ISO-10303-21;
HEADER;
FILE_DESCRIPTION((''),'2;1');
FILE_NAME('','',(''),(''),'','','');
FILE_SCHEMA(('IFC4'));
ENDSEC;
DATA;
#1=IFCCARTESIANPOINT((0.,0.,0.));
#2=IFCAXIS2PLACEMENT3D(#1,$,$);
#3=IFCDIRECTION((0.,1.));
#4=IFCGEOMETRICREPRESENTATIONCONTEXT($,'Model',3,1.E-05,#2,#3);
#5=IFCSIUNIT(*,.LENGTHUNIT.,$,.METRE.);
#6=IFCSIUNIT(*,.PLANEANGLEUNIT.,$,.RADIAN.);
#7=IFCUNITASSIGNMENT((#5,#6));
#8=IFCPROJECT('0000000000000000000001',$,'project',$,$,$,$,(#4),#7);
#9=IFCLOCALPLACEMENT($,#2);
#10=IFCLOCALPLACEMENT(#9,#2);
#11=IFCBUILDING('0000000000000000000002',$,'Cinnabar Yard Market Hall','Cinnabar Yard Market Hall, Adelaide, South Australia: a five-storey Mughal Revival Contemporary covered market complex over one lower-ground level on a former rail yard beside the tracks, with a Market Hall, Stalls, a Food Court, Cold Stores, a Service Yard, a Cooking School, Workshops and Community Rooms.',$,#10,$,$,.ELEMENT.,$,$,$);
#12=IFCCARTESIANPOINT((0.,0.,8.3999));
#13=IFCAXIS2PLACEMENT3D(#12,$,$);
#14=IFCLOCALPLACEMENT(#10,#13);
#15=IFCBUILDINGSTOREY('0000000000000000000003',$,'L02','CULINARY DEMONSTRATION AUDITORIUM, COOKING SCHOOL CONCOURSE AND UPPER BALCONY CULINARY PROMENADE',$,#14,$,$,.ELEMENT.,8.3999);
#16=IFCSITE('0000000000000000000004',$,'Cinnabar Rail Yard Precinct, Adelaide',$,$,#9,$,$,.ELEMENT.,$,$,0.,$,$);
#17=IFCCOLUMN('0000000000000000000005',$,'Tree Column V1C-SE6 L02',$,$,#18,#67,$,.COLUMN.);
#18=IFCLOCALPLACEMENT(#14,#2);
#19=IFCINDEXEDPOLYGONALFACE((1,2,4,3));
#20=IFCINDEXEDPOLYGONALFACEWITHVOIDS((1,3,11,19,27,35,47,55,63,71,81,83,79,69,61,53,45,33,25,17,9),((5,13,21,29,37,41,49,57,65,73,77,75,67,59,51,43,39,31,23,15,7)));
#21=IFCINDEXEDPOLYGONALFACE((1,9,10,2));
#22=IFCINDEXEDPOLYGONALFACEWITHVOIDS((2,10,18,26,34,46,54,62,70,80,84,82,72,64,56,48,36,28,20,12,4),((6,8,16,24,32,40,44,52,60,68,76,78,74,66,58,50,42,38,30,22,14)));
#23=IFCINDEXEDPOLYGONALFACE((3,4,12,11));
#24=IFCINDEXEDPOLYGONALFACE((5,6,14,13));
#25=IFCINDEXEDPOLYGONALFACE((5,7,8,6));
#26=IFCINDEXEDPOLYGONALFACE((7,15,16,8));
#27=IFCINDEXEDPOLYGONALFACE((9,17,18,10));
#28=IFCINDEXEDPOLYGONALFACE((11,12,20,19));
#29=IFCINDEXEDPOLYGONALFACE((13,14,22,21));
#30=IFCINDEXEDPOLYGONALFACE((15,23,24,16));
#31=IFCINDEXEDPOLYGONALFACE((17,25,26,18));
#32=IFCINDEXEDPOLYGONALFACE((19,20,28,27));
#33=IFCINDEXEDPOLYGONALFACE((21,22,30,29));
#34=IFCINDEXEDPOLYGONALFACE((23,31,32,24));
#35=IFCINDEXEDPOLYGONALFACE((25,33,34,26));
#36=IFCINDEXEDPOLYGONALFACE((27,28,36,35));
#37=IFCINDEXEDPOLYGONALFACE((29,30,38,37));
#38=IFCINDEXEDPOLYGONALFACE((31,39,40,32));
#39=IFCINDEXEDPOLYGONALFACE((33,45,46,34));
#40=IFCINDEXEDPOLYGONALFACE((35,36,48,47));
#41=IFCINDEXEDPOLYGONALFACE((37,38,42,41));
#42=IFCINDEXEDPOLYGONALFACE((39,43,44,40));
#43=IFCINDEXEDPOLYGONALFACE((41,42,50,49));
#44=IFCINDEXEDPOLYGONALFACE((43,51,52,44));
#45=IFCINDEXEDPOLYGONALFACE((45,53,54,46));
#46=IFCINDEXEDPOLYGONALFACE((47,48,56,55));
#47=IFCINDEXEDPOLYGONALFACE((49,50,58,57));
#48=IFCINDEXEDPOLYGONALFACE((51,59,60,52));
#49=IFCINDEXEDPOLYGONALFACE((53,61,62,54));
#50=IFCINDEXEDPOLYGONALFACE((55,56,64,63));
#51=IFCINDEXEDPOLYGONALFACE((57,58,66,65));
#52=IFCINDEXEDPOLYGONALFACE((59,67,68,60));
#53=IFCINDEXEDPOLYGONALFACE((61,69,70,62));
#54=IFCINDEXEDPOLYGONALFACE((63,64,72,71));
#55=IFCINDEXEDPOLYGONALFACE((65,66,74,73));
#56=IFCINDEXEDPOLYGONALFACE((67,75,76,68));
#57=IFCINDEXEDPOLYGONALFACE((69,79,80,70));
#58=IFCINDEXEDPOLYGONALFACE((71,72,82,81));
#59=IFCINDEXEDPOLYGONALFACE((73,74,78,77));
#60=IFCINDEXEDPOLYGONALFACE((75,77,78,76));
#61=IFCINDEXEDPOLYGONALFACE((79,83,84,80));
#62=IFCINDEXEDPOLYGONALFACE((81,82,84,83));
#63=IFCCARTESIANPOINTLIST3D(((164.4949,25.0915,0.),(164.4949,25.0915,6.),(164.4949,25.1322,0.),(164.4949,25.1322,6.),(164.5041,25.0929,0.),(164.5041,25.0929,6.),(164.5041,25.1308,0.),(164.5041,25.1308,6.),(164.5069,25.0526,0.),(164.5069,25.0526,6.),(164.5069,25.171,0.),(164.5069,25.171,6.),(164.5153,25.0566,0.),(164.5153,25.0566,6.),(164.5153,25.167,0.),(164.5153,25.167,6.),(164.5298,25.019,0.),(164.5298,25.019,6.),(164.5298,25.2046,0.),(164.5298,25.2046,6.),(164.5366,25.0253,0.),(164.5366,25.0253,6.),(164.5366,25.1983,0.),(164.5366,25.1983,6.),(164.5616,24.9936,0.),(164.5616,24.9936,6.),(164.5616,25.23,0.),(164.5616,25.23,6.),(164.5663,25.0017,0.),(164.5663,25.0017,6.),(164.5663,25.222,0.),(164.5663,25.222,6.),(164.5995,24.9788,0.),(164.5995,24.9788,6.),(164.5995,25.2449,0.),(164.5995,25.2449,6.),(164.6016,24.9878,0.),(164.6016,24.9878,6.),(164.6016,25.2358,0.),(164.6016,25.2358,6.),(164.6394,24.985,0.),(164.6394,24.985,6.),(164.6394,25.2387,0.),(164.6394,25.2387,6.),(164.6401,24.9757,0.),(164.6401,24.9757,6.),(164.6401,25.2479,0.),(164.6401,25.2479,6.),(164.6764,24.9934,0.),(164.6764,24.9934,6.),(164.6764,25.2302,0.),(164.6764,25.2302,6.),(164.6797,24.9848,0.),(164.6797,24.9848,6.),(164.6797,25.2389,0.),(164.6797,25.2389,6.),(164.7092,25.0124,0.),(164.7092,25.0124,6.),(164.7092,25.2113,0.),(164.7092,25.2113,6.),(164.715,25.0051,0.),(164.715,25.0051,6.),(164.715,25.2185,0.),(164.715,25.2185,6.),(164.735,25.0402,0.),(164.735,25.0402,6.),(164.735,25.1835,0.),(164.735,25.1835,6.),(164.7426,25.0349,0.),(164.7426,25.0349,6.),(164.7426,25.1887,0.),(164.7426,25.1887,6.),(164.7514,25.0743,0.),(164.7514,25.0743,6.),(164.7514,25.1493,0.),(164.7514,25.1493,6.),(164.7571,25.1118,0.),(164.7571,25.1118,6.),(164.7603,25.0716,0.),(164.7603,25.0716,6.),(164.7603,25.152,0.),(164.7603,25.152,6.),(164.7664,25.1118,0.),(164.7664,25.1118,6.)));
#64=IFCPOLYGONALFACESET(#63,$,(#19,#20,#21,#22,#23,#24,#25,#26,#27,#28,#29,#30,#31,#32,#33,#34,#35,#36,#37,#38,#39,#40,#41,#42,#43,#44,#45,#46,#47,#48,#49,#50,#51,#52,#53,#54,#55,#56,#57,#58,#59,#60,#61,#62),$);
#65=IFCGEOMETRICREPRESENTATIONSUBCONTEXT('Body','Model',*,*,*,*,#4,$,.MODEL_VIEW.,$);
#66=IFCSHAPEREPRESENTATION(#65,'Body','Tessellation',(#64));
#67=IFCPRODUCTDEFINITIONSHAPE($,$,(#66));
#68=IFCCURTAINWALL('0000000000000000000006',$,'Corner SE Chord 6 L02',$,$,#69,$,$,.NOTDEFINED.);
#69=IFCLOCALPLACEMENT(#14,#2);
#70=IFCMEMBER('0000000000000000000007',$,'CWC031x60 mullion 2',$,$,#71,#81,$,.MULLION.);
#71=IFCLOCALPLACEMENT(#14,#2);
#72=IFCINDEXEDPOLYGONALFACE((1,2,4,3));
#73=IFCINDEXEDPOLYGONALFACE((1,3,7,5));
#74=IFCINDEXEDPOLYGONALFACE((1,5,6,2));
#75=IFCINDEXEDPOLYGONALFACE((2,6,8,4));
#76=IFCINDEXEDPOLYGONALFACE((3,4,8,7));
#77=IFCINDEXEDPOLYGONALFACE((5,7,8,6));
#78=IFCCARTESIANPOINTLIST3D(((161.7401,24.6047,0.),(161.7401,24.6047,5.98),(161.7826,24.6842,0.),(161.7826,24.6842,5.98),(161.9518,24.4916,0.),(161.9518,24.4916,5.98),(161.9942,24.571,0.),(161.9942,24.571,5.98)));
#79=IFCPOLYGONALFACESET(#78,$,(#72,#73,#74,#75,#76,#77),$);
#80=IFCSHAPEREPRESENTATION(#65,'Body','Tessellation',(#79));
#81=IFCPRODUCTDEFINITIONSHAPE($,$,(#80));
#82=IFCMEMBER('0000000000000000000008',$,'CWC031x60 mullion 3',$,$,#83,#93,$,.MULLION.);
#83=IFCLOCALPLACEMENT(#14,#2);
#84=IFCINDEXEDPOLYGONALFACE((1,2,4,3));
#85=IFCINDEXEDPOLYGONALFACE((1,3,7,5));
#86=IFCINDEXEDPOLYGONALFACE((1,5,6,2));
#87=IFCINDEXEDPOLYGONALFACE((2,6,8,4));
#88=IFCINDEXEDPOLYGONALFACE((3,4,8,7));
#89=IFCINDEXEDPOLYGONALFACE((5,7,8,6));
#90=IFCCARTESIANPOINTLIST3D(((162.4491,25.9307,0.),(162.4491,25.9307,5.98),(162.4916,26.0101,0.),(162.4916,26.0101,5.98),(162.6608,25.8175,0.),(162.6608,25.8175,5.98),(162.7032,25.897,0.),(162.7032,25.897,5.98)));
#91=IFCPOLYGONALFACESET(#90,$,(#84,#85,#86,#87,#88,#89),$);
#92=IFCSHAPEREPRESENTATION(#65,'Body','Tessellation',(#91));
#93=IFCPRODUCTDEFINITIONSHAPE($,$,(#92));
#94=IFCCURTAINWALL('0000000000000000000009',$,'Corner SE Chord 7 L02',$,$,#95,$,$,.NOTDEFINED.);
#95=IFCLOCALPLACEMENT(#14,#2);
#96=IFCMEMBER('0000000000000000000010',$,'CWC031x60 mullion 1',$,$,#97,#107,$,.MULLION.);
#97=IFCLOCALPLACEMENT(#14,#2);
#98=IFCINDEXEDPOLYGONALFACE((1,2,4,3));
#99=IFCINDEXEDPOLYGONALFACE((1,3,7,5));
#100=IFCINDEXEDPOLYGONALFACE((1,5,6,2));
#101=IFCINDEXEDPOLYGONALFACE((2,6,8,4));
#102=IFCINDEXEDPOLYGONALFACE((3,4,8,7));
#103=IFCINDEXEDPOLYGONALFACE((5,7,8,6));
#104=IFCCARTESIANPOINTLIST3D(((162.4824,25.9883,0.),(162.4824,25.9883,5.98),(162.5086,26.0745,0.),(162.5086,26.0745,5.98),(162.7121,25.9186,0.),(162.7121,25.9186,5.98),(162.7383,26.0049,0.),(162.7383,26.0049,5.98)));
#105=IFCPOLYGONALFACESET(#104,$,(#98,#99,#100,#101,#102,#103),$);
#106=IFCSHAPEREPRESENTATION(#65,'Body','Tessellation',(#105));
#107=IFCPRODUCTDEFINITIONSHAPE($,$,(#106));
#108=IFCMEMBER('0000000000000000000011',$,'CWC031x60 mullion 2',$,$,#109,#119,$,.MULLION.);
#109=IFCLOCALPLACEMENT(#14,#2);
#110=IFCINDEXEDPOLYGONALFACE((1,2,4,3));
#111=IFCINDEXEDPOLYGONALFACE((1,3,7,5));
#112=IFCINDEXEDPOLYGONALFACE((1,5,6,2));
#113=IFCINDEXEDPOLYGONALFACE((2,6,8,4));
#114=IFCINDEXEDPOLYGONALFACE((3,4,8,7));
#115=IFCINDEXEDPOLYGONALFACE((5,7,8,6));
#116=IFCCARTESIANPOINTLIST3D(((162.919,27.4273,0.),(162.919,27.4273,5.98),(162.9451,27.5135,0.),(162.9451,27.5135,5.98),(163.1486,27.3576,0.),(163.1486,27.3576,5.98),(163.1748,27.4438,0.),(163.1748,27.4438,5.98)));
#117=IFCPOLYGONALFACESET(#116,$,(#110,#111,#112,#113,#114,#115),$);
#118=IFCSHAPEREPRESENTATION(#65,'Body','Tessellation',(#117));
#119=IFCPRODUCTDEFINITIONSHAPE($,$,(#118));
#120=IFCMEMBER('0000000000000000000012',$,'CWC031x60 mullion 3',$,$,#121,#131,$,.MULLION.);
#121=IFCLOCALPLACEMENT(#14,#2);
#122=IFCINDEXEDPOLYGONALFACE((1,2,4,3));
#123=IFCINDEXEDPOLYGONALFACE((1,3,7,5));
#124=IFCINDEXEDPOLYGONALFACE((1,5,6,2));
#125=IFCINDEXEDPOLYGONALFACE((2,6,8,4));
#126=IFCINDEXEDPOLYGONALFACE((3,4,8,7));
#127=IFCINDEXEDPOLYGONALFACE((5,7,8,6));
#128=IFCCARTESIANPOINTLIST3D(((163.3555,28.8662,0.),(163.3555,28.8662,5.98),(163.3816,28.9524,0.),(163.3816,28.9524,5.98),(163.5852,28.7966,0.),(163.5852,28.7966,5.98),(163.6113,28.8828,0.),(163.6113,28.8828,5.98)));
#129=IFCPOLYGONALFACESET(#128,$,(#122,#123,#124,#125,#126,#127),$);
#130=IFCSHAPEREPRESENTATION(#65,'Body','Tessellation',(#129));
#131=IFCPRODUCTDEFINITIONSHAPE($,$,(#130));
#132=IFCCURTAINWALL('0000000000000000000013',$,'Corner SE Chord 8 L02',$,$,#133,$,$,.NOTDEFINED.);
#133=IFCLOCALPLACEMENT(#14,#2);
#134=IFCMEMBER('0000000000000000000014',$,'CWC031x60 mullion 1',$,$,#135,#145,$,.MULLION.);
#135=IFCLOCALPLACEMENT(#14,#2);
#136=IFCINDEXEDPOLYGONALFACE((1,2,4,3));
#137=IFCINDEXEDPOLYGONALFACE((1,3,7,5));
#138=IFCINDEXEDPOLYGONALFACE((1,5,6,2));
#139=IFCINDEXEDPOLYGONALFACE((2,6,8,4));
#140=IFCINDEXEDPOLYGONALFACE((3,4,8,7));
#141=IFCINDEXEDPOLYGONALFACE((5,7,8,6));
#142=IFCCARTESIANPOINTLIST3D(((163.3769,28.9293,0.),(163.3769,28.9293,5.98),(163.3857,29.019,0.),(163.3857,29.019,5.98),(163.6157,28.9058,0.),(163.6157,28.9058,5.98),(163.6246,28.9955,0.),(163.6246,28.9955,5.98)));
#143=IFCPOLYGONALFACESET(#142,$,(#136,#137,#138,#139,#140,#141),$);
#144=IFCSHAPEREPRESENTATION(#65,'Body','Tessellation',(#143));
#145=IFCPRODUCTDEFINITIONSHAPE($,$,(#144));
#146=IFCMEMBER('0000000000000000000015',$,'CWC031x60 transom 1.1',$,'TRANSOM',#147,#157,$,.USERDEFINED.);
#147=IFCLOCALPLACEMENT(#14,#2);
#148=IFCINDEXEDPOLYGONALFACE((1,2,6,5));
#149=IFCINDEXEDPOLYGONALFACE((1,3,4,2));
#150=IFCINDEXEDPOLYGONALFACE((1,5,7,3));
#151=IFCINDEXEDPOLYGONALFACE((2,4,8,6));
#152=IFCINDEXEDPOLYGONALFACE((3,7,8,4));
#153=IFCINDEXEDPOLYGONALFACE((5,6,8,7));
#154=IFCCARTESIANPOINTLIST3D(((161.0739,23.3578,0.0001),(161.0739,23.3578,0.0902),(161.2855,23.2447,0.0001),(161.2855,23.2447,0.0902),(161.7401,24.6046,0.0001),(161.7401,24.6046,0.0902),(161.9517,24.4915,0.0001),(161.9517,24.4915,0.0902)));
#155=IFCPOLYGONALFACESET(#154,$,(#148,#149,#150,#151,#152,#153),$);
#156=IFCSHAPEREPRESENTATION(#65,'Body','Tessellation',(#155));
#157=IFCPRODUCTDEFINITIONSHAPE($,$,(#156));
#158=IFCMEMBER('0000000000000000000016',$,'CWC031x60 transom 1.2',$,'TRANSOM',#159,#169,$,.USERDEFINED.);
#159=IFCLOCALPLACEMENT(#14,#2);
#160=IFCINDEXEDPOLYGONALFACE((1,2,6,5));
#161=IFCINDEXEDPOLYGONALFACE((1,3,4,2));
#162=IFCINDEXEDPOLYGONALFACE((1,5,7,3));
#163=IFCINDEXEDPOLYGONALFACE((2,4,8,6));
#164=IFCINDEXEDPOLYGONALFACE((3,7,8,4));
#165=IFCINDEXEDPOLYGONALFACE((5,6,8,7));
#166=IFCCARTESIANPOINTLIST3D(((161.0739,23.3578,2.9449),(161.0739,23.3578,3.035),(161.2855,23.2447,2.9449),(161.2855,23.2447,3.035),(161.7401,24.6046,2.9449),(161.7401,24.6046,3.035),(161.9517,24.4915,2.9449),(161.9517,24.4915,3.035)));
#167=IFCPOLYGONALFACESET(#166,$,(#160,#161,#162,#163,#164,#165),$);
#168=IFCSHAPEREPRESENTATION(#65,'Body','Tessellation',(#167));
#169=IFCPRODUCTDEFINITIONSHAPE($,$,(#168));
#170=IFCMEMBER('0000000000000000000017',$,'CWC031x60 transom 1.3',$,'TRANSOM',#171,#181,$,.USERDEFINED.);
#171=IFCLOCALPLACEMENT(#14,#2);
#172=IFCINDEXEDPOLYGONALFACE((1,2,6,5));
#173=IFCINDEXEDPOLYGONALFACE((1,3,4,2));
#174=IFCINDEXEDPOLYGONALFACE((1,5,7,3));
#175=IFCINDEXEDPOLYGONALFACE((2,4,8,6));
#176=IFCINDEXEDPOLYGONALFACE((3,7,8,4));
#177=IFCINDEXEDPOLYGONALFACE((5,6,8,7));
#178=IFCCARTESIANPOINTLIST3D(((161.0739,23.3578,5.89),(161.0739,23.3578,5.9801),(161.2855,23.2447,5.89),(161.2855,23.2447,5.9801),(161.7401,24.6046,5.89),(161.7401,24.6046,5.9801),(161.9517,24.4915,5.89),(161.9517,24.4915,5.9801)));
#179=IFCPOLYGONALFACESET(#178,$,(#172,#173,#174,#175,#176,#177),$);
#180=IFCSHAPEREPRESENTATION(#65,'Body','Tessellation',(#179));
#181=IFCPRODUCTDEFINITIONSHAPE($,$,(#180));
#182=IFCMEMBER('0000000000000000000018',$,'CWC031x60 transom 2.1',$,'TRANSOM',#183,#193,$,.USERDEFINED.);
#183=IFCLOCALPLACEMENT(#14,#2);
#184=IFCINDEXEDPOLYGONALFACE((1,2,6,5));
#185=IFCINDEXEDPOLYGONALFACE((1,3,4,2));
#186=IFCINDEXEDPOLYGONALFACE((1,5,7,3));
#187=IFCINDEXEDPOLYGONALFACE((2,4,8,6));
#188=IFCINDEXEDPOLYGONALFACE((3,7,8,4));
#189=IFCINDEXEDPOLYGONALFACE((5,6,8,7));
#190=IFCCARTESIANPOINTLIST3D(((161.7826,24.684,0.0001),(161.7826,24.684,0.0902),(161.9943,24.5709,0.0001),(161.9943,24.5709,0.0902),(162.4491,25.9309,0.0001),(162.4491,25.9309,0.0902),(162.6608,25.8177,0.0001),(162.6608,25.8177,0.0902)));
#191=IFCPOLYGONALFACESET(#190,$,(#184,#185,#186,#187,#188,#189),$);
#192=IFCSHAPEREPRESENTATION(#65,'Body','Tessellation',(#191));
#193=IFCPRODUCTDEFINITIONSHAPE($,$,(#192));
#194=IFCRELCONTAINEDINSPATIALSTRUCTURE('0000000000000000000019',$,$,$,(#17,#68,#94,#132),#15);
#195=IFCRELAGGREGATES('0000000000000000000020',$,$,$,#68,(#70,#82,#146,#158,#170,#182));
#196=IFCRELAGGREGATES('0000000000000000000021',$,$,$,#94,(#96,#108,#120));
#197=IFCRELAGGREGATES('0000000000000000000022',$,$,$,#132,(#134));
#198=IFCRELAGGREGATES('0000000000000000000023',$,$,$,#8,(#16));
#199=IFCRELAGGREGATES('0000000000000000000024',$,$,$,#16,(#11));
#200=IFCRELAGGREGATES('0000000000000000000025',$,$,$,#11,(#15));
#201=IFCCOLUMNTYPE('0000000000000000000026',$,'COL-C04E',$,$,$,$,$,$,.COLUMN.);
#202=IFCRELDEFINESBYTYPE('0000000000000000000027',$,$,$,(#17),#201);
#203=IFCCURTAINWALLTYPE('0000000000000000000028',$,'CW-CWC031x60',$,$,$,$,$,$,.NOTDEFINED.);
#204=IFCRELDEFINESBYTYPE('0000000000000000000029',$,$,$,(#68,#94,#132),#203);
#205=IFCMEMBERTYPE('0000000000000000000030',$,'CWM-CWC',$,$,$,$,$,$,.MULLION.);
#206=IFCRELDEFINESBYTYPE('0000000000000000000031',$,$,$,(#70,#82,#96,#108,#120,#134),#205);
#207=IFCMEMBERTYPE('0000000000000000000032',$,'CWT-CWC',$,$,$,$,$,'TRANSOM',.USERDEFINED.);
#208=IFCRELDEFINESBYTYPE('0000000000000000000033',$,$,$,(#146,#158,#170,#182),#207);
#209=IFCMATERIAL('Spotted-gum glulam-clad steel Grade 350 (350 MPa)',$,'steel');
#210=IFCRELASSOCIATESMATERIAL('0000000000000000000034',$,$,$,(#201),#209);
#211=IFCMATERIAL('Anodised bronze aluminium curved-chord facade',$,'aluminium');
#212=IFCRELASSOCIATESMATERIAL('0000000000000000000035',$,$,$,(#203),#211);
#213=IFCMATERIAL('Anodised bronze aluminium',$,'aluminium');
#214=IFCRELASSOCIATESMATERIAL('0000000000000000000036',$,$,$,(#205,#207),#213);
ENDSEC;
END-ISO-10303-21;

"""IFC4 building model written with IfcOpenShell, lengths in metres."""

from ifc_helpers import new_model, si_unit, direction, frame, origin, origin_2d_with_axis, place, context, subcontext, project, spatial, rectangle, hollow_circle, extrude, material, material_profile, profile_set, type_object, element, aggregate, save


model = new_model("IFC4")

# Units and contexts
model_context = context("Model", 3, precision=1e-05, world=origin(), true_north=direction((0.0, 1.0)))
body_context = subcontext(model_context, "Body", "Model", "MODEL_VIEW")
ifc_project = project(units=[si_unit("LENGTHUNIT", "METRE"), si_unit("PLANEANGLEUNIT", "RADIAN")], contexts=[model_context])

# Site, building, storey
site_placement = place(None, origin())
site = spatial("IfcSite", under=ifc_project, at=site_placement, Name="Cinnabar Rail Yard Precinct, Adelaide", CompositionType="ELEMENT", RefElevation=0.0)
building_placement = place(site_placement, origin())
building = spatial("IfcBuilding", under=site, at=building_placement, Name="Cinnabar Yard Market Hall", Description="Cinnabar Yard Market Hall, Adelaide, South Australia: a five-storey Mughal Revival Contemporary covered market complex over one lower-ground level on a former rail yard beside the tracks, with a Market Hall, Stalls, a Food Court, Cold Stores, a Service Yard, a Cooking School, Workshops and Community Rooms.", CompositionType="ELEMENT")
storey_placement = place(building_placement, frame((0.0, 0.0, 8.3999)))
storey = spatial("IfcBuildingStorey", under=building, at=storey_placement, Name="L02", Description="CULINARY DEMONSTRATION AUDITORIUM, COOKING SCHOOL CONCOURSE AND UPPER BALCONY CULINARY PROMENADE", CompositionType="ELEMENT", Elevation=8.3999)

# Column
ifc_material_1 = material(Name="Spotted-gum glulam-clad steel Grade 350 (350 MPa)", Category="steel")
ifc_material_profile_1 = material_profile(ifc_material_1, hollow_circle(Radius=0.1365, WallThickness=0.0093, at=origin_2d_with_axis()), Name="273.1x9.3CHS")
ifc_profile_set_1 = profile_set([ifc_material_profile_1], Name="Spotted-gum glulam-clad steel Grade 350 (350 MPa)")
column_type = type_object("IfcColumnType", Name="COL-C04E", PredefinedType="COLUMN", material=ifc_profile_set_1)
column_placement = place(storey_placement, frame((164.6299, 25.1118, 0.0), z_axis=(0.0, 0.0, 1.0), x_axis=(1.0, 0.0, 0.0)))
element("IfcColumn", 1, at=column_placement, inside=storey, type_object=column_type, Name="Tree Column V1C-SE6 L02", PredefinedType="COLUMN", context=body_context, shape_type="SweptSolid", body=[
    extrude(hollow_circle(Radius=0.1365, WallThickness=0.0093, at=origin_2d_with_axis()), origin(), (0.0, 0.0, 1.0), 6.0),
])

# Curtain walls, members
ifc_material_2 = material(Name="Anodised bronze aluminium curved-chord facade", Category="aluminium")
curtain_wall_type = type_object("IfcCurtainWallType", Name="CW-CWC031x60", PredefinedType="NOTDEFINED", material=ifc_material_2)
curtain_wall_1_placement = place(storey_placement, origin())
curtain_wall_1 = element("IfcCurtainWall", 2, at=curtain_wall_1_placement, inside=storey, type_object=curtain_wall_type, Name="Corner SE Chord 6 L02", PredefinedType="NOTDEFINED")
ifc_material_3 = material(Name="Anodised bronze aluminium", Category="aluminium")
ifc_material_profile_2 = material_profile(ifc_material_3, rectangle(XDim=0.24, YDim=0.0901, at=origin_2d_with_axis()), Name="MUL-CWC")
ifc_profile_set_2 = profile_set([ifc_material_profile_2], Name="Anodised bronze aluminium")
member_type_1 = type_object("IfcMemberType", Name="CWM-CWC", PredefinedType="MULLION", material=ifc_profile_set_2)
member_1_placement = place(storey_placement, frame((161.8672, 24.5879, 0.0), z_axis=(0.0, 0.0, 1.0), x_axis=(-0.881917, 0.471404, 0.0)))
member_1 = element("IfcMember", 3, at=member_1_placement, type_object=member_type_1, Name="CWC031x60 mullion 2", PredefinedType="MULLION", context=body_context, shape_type="SweptSolid", body=[
    extrude(rectangle(XDim=0.24, YDim=0.0901, at=origin_2d_with_axis()), origin(), (0.0, 0.0, 1.0), 5.98),
])
member_2_placement = place(storey_placement, frame((162.5762, 25.9138, 0.0), z_axis=(0.0, 0.0, 1.0), x_axis=(-0.881917, 0.471404, 0.0)))
member_2 = element("IfcMember", 4, at=member_2_placement, type_object=member_type_1, Name="CWC031x60 mullion 3", PredefinedType="MULLION", context=body_context, shape_type="SweptSolid", body=[
    extrude(rectangle(XDim=0.24, YDim=0.0901, at=origin_2d_with_axis()), origin(), (0.0, 0.0, 1.0), 5.98),
])
curtain_wall_2_placement = place(storey_placement, origin())
curtain_wall_2 = element("IfcCurtainWall", 5, at=curtain_wall_2_placement, inside=storey, type_object=curtain_wall_type, Name="Corner SE Chord 7 L02", PredefinedType="NOTDEFINED")
member_3_placement = place(storey_placement, frame((162.6104, 25.9966, 0.0), z_axis=(0.0, 0.0, 1.0), x_axis=(-0.956942, 0.290279, 0.0)))
member_3 = element("IfcMember", 6, at=member_3_placement, type_object=member_type_1, Name="CWC031x60 mullion 1", PredefinedType="MULLION", context=body_context, shape_type="SweptSolid", body=[
    extrude(rectangle(XDim=0.24, YDim=0.0901, at=origin_2d_with_axis()), origin(), (0.0, 0.0, 1.0), 5.98),
])
member_4_placement = place(storey_placement, frame((163.0469, 27.4355, 0.0), z_axis=(0.0, 0.0, 1.0), x_axis=(-0.956942, 0.290279, 0.0)))
member_4 = element("IfcMember", 7, at=member_4_placement, type_object=member_type_1, Name="CWC031x60 mullion 2", PredefinedType="MULLION", context=body_context, shape_type="SweptSolid", body=[
    extrude(rectangle(XDim=0.24, YDim=0.0901, at=origin_2d_with_axis()), origin(), (0.0, 0.0, 1.0), 5.98),
])
member_5_placement = place(storey_placement, frame((163.4834, 28.8745, 0.0), z_axis=(0.0, 0.0, 1.0), x_axis=(-0.956942, 0.290279, 0.0)))
member_5 = element("IfcMember", 8, at=member_5_placement, type_object=member_type_1, Name="CWC031x60 mullion 3", PredefinedType="MULLION", context=body_context, shape_type="SweptSolid", body=[
    extrude(rectangle(XDim=0.24, YDim=0.0901, at=origin_2d_with_axis()), origin(), (0.0, 0.0, 1.0), 5.98),
])

# Curtain wall, member
curtain_wall_3_placement = place(storey_placement, origin())
curtain_wall_3 = element("IfcCurtainWall", 9, at=curtain_wall_3_placement, inside=storey, type_object=curtain_wall_type, Name="Corner SE Chord 8 L02", PredefinedType="NOTDEFINED")
member_6_placement = place(storey_placement, frame((163.5007, 28.9624, 0.0), z_axis=(0.0, 0.0, 1.0), x_axis=(-0.995184, 0.09802, 0.0)))
member_6 = element("IfcMember", 10, at=member_6_placement, type_object=member_type_1, Name="CWC031x60 mullion 1", PredefinedType="MULLION", context=body_context, shape_type="SweptSolid", body=[
    extrude(rectangle(XDim=0.24, YDim=0.0901, at=origin_2d_with_axis()), origin(), (0.0, 0.0, 1.0), 5.98),
])

# Members
ifc_material_profile_3 = material_profile(ifc_material_3, rectangle(XDim=0.24, YDim=0.0901, at=origin_2d_with_axis()), Name="TRN-CWC")
ifc_profile_set_3 = profile_set([ifc_material_profile_3], Name="Anodised bronze aluminium")
member_type_2 = type_object("IfcMemberType", Name="CWT-CWC", ElementType="TRANSOM", PredefinedType="USERDEFINED", material=ifc_profile_set_3)
member_7_placement = place(storey_placement, frame((161.1797, 23.3013, 0.0452), z_axis=(0.471296, 0.881975, 0.0), x_axis=(-0.881975, 0.471296, 0.0)))
member_7 = element("IfcMember", 11, at=member_7_placement, type_object=member_type_2, Name="CWC031x60 transom 1.1", ObjectType="TRANSOM", PredefinedType="USERDEFINED", context=body_context, shape_type="SweptSolid", body=[
    extrude(rectangle(XDim=0.24, YDim=0.0901, at=origin_2d_with_axis()), origin(), (0.0, 0.0, 1.0), 1.4136),
])
member_8_placement = place(storey_placement, frame((161.1797, 23.3013, 2.99), z_axis=(0.471296, 0.881975, 0.0), x_axis=(-0.881975, 0.471296, 0.0)))
member_8 = element("IfcMember", 12, at=member_8_placement, type_object=member_type_2, Name="CWC031x60 transom 1.2", ObjectType="TRANSOM", PredefinedType="USERDEFINED", context=body_context, shape_type="SweptSolid", body=[
    extrude(rectangle(XDim=0.24, YDim=0.0901, at=origin_2d_with_axis()), origin(), (0.0, 0.0, 1.0), 1.4136),
])
member_9_placement = place(storey_placement, frame((161.1797, 23.3013, 5.9351), z_axis=(0.471296, 0.881975, 0.0), x_axis=(-0.881975, 0.471296, 0.0)))
member_9 = element("IfcMember", 13, at=member_9_placement, type_object=member_type_2, Name="CWC031x60 transom 1.3", ObjectType="TRANSOM", PredefinedType="USERDEFINED", context=body_context, shape_type="SweptSolid", body=[
    extrude(rectangle(XDim=0.24, YDim=0.0901, at=origin_2d_with_axis()), origin(), (0.0, 0.0, 1.0), 1.4136),
])
member_10_placement = place(storey_placement, frame((161.8884, 24.6274, 0.0452), z_axis=(0.471431, 0.881903, 0.0), x_axis=(-0.881903, 0.471431, 0.0)))
member_10 = element("IfcMember", 14, at=member_10_placement, type_object=member_type_2, Name="CWC031x60 transom 2.1", ObjectType="TRANSOM", PredefinedType="USERDEFINED", context=body_context, shape_type="SweptSolid", body=[
    extrude(rectangle(XDim=0.24, YDim=0.0901, at=origin_2d_with_axis()), origin(), (0.0, 0.0, 1.0), 1.4138),
])

aggregate(curtain_wall_1, [member_1, member_2, member_7, member_8, member_9, member_10])
aggregate(curtain_wall_2, [member_3, member_4, member_5])
aggregate(curtain_wall_3, [member_6])

save(model, "model.ifc")
